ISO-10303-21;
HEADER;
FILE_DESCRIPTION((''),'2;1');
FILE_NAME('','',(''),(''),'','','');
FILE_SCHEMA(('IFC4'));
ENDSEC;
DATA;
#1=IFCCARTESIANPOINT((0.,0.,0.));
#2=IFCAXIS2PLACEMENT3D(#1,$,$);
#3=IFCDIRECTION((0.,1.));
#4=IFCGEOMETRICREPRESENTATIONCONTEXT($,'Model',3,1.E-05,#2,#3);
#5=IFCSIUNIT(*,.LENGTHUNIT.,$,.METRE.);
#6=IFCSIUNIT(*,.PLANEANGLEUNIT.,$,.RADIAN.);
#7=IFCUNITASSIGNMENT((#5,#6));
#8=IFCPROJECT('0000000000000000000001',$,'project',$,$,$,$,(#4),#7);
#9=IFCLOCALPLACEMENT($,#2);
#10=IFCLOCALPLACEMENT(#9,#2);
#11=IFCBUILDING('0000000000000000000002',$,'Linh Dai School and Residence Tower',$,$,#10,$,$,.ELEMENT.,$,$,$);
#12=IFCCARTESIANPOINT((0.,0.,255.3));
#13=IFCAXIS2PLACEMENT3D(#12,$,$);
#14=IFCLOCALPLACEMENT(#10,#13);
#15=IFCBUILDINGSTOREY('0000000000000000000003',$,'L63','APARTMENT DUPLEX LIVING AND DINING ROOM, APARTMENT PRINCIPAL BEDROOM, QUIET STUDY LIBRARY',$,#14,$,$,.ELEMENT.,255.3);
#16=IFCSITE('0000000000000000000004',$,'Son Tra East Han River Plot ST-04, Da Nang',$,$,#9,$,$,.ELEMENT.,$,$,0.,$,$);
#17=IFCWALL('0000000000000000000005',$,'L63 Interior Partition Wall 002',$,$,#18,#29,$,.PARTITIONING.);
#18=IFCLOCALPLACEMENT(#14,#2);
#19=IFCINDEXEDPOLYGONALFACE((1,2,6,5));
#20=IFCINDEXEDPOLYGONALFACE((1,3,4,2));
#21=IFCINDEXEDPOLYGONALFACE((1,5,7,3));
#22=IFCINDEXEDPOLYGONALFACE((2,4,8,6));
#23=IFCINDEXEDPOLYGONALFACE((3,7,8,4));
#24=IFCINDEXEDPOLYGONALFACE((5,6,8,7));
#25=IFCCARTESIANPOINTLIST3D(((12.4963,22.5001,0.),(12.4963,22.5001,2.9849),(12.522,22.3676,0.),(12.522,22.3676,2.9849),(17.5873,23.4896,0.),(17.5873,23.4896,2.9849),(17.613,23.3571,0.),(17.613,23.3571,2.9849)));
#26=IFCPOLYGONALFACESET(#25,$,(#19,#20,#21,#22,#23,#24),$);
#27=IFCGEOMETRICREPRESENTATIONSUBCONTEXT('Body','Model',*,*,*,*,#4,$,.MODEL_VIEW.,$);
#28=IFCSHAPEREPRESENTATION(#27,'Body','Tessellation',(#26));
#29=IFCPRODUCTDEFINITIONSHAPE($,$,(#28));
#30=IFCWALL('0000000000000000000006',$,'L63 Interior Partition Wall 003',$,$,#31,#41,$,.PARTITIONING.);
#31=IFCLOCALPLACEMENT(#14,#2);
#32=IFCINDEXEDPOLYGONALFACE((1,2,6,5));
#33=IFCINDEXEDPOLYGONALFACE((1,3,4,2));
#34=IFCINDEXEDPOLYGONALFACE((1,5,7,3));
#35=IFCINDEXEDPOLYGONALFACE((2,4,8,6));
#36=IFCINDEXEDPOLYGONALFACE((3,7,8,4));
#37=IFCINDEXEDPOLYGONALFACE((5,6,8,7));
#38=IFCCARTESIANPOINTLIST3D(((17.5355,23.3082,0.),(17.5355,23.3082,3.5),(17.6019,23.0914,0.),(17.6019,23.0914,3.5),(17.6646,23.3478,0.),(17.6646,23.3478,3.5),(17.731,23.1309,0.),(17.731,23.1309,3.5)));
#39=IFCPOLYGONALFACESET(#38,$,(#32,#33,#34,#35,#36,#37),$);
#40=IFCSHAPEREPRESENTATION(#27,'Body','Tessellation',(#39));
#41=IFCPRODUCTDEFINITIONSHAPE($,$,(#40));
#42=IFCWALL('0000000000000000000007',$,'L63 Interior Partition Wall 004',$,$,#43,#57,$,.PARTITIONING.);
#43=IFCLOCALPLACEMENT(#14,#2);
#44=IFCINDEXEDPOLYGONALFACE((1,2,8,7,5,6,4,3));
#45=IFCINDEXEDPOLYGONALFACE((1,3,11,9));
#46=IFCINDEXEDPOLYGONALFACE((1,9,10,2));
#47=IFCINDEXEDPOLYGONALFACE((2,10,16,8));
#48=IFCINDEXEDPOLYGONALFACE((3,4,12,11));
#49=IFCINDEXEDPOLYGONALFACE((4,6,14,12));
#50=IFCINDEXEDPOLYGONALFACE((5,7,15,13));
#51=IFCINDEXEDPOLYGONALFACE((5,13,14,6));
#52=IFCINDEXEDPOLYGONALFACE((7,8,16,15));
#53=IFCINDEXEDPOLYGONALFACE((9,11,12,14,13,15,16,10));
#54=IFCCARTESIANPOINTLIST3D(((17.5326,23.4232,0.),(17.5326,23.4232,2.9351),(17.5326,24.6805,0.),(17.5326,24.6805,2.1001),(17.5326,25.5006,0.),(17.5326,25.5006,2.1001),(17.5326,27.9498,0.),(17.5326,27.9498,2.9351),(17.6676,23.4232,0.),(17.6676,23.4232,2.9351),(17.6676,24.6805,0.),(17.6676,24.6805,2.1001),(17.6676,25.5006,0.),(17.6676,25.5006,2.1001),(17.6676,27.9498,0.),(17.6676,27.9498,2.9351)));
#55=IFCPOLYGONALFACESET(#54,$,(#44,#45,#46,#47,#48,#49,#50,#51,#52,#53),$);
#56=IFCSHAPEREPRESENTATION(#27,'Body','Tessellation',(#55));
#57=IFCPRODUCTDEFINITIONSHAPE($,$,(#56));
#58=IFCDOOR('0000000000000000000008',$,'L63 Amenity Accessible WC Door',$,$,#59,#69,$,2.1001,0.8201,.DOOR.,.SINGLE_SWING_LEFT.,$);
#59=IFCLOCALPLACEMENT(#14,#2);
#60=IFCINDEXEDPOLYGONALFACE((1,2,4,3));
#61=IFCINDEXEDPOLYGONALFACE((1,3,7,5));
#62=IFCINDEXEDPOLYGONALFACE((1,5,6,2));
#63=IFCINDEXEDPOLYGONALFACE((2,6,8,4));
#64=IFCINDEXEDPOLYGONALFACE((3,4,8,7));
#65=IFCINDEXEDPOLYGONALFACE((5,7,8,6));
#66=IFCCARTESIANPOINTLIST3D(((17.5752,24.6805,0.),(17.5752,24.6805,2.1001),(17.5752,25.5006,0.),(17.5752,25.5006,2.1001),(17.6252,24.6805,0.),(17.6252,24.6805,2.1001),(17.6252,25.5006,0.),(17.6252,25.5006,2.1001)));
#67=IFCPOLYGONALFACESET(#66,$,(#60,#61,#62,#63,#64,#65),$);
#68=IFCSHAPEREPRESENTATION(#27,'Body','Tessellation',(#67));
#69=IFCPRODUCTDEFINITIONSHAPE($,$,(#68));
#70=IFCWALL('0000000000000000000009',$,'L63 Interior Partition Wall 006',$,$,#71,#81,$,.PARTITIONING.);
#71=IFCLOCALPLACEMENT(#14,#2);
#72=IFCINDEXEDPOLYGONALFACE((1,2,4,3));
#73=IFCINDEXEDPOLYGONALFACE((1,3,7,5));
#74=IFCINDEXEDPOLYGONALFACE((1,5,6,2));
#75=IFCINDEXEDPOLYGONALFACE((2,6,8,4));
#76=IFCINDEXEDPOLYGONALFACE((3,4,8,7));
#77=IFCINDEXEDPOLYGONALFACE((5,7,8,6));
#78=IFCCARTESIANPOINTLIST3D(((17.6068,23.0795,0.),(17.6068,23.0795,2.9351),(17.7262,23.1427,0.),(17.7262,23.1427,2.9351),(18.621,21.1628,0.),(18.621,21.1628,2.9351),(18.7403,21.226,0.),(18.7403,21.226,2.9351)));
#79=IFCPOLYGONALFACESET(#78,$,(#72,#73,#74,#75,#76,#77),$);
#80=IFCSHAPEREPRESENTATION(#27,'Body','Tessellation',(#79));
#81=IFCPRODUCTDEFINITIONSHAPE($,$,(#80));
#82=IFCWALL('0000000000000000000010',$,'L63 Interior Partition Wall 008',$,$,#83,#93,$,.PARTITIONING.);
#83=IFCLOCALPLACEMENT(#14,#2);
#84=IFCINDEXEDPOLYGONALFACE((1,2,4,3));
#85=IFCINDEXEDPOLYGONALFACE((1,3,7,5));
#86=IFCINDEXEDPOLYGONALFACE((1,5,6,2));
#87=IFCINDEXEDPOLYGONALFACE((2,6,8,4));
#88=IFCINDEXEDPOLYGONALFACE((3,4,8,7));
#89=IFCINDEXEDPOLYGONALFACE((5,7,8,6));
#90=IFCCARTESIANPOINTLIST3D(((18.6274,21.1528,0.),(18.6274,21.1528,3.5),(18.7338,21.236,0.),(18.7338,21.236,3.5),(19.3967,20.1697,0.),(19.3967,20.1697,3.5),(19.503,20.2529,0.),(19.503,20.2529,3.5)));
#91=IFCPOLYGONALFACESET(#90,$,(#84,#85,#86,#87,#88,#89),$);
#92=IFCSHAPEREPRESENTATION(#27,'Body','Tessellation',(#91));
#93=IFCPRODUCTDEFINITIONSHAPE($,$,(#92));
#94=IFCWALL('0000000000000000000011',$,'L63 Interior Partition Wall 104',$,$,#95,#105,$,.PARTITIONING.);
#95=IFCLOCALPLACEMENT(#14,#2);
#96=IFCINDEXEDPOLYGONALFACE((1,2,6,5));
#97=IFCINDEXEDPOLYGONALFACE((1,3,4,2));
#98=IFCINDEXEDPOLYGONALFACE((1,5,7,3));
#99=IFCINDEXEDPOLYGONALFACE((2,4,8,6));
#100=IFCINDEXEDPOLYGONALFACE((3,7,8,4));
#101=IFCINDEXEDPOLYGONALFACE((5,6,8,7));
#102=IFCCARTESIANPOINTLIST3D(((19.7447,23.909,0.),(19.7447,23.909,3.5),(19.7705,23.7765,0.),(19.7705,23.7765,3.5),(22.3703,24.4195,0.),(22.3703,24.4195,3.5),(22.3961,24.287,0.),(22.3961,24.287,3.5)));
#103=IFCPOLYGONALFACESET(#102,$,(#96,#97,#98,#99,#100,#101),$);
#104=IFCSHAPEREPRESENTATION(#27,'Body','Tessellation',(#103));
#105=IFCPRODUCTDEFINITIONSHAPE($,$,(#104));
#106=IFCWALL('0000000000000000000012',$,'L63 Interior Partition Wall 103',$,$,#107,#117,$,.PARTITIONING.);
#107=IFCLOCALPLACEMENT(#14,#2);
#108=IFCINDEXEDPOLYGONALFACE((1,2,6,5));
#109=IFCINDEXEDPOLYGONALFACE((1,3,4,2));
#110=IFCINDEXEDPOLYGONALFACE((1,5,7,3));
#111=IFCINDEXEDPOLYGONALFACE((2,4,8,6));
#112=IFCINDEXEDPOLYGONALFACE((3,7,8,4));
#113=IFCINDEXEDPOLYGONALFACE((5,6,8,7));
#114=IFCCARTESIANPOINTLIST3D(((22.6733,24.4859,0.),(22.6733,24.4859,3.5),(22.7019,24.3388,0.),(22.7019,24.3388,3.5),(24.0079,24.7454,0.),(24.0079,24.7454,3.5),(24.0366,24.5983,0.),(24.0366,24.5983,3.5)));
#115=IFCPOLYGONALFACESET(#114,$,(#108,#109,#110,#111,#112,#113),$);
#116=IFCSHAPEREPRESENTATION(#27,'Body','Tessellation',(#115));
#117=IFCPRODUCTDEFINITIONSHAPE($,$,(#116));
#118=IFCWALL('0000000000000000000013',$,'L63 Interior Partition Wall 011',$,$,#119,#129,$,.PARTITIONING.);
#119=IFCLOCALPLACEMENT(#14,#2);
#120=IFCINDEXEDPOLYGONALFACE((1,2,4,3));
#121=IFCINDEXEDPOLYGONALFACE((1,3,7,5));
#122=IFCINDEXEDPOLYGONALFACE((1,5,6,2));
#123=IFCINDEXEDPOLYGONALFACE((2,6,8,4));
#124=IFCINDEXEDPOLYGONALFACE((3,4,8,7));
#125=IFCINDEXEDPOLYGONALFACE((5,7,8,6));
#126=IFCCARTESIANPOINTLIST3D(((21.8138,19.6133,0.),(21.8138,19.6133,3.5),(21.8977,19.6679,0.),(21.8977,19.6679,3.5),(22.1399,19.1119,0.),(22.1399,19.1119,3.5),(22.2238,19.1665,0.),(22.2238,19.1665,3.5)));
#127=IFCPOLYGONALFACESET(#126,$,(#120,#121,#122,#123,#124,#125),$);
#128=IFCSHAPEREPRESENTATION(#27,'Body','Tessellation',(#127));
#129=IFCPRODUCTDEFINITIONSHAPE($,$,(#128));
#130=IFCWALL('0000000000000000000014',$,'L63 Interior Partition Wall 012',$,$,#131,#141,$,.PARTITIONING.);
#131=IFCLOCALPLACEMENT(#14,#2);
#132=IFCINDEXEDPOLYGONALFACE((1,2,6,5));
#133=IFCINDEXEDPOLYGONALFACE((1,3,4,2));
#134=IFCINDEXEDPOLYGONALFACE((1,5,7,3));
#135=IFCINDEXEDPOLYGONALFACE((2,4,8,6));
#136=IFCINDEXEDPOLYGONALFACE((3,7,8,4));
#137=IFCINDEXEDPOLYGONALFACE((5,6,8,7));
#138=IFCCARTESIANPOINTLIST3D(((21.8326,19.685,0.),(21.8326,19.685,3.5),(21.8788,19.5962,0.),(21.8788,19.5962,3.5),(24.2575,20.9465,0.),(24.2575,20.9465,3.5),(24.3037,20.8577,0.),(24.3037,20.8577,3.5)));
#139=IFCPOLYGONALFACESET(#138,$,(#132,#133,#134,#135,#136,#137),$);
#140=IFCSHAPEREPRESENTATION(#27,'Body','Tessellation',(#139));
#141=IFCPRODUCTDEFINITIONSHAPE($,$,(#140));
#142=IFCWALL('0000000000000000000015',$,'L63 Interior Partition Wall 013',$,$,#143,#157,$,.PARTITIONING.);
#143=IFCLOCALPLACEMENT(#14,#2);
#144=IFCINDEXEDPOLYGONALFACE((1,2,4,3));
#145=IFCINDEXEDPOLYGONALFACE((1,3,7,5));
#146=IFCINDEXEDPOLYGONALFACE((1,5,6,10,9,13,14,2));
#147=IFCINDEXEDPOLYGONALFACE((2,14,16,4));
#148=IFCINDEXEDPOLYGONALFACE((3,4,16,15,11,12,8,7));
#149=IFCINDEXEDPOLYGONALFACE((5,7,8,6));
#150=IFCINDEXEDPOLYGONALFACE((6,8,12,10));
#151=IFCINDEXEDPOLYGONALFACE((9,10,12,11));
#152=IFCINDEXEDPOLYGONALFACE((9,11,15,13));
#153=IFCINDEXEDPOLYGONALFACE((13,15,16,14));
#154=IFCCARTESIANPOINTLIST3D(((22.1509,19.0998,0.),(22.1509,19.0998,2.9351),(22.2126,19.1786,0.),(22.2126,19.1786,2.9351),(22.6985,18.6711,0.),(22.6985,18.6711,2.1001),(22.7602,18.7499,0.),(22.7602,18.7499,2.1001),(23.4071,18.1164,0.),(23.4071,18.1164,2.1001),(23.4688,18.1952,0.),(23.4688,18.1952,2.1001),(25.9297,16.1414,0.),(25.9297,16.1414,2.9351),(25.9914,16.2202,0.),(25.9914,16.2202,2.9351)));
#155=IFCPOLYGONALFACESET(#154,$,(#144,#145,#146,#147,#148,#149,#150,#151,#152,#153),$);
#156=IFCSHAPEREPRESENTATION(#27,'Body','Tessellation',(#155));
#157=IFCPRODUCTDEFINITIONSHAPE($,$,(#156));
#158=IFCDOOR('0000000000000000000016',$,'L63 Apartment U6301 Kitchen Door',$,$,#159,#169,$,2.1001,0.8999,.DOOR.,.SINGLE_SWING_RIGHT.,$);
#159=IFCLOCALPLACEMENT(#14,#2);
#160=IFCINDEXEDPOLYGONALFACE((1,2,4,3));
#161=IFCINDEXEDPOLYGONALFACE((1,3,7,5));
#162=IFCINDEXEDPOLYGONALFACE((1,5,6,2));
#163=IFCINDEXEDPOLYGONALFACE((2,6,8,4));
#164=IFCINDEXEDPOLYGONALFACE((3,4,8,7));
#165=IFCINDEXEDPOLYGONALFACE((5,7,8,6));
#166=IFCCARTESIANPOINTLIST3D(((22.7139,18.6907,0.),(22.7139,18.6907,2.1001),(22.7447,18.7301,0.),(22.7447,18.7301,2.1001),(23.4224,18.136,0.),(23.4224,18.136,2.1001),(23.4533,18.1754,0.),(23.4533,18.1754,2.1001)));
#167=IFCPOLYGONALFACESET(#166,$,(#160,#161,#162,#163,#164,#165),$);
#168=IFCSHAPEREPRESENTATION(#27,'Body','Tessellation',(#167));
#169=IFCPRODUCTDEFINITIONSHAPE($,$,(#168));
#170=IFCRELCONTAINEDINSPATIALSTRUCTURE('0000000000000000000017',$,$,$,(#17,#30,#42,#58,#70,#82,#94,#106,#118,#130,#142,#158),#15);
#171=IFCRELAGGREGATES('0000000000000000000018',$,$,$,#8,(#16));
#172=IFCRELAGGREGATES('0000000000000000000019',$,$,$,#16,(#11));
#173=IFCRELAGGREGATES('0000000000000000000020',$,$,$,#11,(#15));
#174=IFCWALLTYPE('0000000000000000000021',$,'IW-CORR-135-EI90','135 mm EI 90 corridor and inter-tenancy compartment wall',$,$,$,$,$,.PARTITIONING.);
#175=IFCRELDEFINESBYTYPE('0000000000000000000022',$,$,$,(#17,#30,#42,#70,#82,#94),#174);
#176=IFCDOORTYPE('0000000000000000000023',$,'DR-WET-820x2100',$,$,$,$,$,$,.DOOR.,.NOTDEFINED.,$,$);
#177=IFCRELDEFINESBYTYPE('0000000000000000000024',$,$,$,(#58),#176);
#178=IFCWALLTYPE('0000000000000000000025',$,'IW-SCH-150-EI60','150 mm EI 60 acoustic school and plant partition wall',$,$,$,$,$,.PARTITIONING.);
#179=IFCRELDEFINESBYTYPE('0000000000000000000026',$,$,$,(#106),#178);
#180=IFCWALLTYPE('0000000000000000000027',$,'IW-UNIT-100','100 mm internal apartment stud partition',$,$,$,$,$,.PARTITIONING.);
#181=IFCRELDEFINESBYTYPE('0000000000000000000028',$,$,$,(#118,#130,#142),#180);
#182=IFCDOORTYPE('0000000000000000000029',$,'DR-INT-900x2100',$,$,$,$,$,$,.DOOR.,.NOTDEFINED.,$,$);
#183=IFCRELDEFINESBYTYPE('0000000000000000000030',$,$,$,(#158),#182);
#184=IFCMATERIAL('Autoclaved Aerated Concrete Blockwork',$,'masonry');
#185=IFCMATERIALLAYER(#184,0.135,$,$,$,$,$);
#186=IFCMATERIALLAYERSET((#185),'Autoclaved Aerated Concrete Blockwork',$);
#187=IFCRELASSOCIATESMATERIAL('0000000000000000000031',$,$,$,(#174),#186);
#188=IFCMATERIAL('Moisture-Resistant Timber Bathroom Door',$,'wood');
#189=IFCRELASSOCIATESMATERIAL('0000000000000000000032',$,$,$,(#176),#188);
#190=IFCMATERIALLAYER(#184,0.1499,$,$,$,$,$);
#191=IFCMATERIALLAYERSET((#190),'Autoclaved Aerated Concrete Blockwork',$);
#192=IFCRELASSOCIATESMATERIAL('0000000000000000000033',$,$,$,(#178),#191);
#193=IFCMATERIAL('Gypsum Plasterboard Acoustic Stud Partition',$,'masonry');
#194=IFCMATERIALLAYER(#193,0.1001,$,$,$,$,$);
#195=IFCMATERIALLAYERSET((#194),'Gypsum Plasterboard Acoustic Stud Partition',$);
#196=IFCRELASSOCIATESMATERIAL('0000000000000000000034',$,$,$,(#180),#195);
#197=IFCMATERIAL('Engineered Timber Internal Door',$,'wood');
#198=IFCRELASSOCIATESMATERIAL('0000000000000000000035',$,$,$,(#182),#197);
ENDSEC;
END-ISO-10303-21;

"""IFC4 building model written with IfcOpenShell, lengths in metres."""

from ifc_helpers import new_model, si_unit, direction, frame, frame_2d, origin, origin_2d, place, context, subcontext, project, spatial, rectangle, extrude, source, transform, mapped, material, layer, layer_set, type_object, element, fill, save


model = new_model("IFC4")

# Units and contexts
model_context = context("Model", 3, precision=1e-05, world=origin(), true_north=direction((0.0, 1.0)))
body_context = subcontext(model_context, "Body", "Model", "MODEL_VIEW")
ifc_project = project(units=[si_unit("LENGTHUNIT", "METRE"), si_unit("PLANEANGLEUNIT", "RADIAN")], contexts=[model_context])

# Site, building, storey
site_placement = place(None, origin())
site = spatial("IfcSite", under=ifc_project, at=site_placement, Name="Son Tra East Han River Plot ST-04, Da Nang", CompositionType="ELEMENT", RefElevation=0.0)
building_placement = place(site_placement, origin())
building = spatial("IfcBuilding", under=site, at=building_placement, Name="Linh Dai School and Residence Tower", CompositionType="ELEMENT")
storey_placement = place(building_placement, frame((0.0, 0.0, 255.3)))
storey = spatial("IfcBuildingStorey", under=building, at=storey_placement, Name="L63", Description="APARTMENT DUPLEX LIVING AND DINING ROOM, APARTMENT PRINCIPAL BEDROOM, QUIET STUDY LIBRARY", CompositionType="ELEMENT", Elevation=255.3)

# Walls
ifc_material_1 = material(Name="Autoclaved Aerated Concrete Blockwork", Category="masonry")
ifc_layer_1 = layer(ifc_material_1, 0.135)
ifc_layer_set_1 = layer_set([ifc_layer_1], Name="Autoclaved Aerated Concrete Blockwork")
wall_type_1 = type_object("IfcWallType", Name="IW-CORR-135-EI90", Description="135 mm EI 90 corridor and inter-tenancy compartment wall", PredefinedType="PARTITIONING", material=ifc_layer_set_1)
wall_1_placement = place(storey_placement, frame((12.509, 22.4338, 0.0), z_axis=(0.0, 0.0, 1.0), x_axis=(0.981631, 0.19079, 0.0)))
element("IfcWall", 1, at=wall_1_placement, inside=storey, type_object=wall_type_1, Name="L63 Interior Partition Wall 002", PredefinedType="PARTITIONING", context=body_context, shape_type="SweptSolid", body=[
    extrude(rectangle(XDim=5.1863, YDim=0.135, at=frame_2d((2.5933, 0.0))), origin(), (0.0, 0.0, 1.0), 2.9849),
])
wall_2_placement = place(storey_placement, frame((17.6001, 23.3279, 0.0), z_axis=(0.0, 0.0, 1.0), x_axis=(0.292875, -0.956151, 0.0)))
element("IfcWall", 2, at=wall_2_placement, inside=storey, type_object=wall_type_1, Name="L63 Interior Partition Wall 003", PredefinedType="PARTITIONING", context=body_context, shape_type="SweptSolid", body=[
    extrude(rectangle(XDim=0.2268, YDim=0.135, at=frame_2d((0.1133, 0.0))), origin(), (0.0, 0.0, 1.0), 3.5),
])

# Wall, opening, door
wall_3_placement = place(storey_placement, frame((17.6001, 23.4233, 0.0), z_axis=(0.0, 0.0, 1.0), x_axis=(0.0, 1.0, 0.0)))
wall_3 = element("IfcWall", 3, at=wall_3_placement, inside=storey, type_object=wall_type_1, Name="L63 Interior Partition Wall 004", PredefinedType="PARTITIONING", context=body_context, shape_type="SweptSolid", body=[
    extrude(rectangle(XDim=4.5266, YDim=0.135, at=frame_2d((2.2632, 0.0))), origin(), (0.0, 0.0, 1.0), 2.9351),
])
opening_1_placement = place(wall_3_placement, frame((1.2571, 0.0, 0.0)))
opening_1 = element("IfcOpeningElement", 4, at=opening_1_placement, cuts=wall_3, PredefinedType="OPENING", context=body_context, shape_type="SweptSolid", body=[
    extrude(rectangle(XDim=0.8201, YDim=2.1001, at=origin_2d()), frame((0.4102, 0.0776, 1.05), z_axis=(0.0, -1.0, 0.0), x_axis=(1.0, 0.0, 0.0)), (0.0, 0.0, 1.0), 0.155),
])
ifc_material_2 = material(Name="Moisture-Resistant Timber Bathroom Door", Category="wood")
door_type_1 = type_object("IfcDoorType", Name="DR-WET-820x2100", OperationType="NOTDEFINED", PredefinedType="DOOR", material=ifc_material_2)
shared_shape_1 = source(origin(), body_context, "Body", "SweptSolid", [
    extrude(rectangle(XDim=0.8201, YDim=2.1001, at=origin_2d()), frame((0.4102, 0.0249, 1.05), z_axis=(0.0, -1.0, 0.0), x_axis=(1.0, 0.0, 0.0)), (0.0, 0.0, 1.0), 0.05),
])
door_1_placement = place(opening_1_placement, origin())
door_1 = element("IfcDoor", 5, at=door_1_placement, inside=storey, type_object=door_type_1, Name="L63 Amenity Accessible WC Door", OperationType="SINGLE_SWING_LEFT", OverallHeight=2.1001, OverallWidth=0.8201, PredefinedType="DOOR", context=body_context, shape_type="MappedRepresentation", body=[
    mapped(shared_shape_1, transform((0.0, 0.0, 0.0), x_axis=(1.0, 0.0, 0.0), y_axis=(0.0, 1.0, 0.0), z_axis=(0.0, 0.0, 1.0), scale=1.0)),
])
fill(opening_1, door_1)

# Walls
wall_4_placement = place(storey_placement, frame((17.6665, 23.1111, 0.0), z_axis=(0.0, 0.0, 1.0), x_axis=(0.467676, -0.8839, 0.0)))
element("IfcWall", 6, at=wall_4_placement, inside=storey, type_object=wall_type_1, Name="L63 Interior Partition Wall 006", PredefinedType="PARTITIONING", context=body_context, shape_type="SweptSolid", body=[
    extrude(rectangle(XDim=2.1685, YDim=0.135, at=frame_2d((1.0842, 0.0))), origin(), (0.0, 0.0, 1.0), 2.9351),
])
wall_5_placement = place(storey_placement, frame((18.6807, 21.1943, 0.0), z_axis=(0.0, 0.0, 1.0), x_axis=(0.61624, -0.787559, 0.0)))
element("IfcWall", 7, at=wall_5_placement, inside=storey, type_object=wall_type_1, Name="L63 Interior Partition Wall 008", PredefinedType="PARTITIONING", context=body_context, shape_type="SweptSolid", body=[
    extrude(rectangle(XDim=1.2483, YDim=0.135, at=frame_2d((0.624, 0.0))), origin(), (0.0, 0.0, 1.0), 3.5),
])

# Walls
wall_6_placement = place(storey_placement, frame((19.7576, 23.8428, 0.0), z_axis=(0.0, 0.0, 1.0), x_axis=(0.98162, 0.190848, 0.0)))
element("IfcWall", 8, at=wall_6_placement, inside=storey, type_object=wall_type_1, Name="L63 Interior Partition Wall 104", PredefinedType="PARTITIONING", context=body_context, shape_type="SweptSolid", body=[
    extrude(rectangle(XDim=2.6748, YDim=0.135, at=frame_2d((1.3374, 0.0))), origin(), (0.0, 0.0, 1.0), 3.5),
])
ifc_layer_2 = layer(ifc_material_1, 0.1499)
ifc_layer_set_2 = layer_set([ifc_layer_2], Name="Autoclaved Aerated Concrete Blockwork")
wall_type_2 = type_object("IfcWallType", Name="IW-SCH-150-EI60", Description="150 mm EI 60 acoustic school and plant partition wall", PredefinedType="PARTITIONING", material=ifc_layer_set_2)
wall_7_placement = place(storey_placement, frame((22.6877, 24.4124, 0.0), z_axis=(0.0, 0.0, 1.0), x_axis=(0.981616, 0.190865, 0.0)))
element("IfcWall", 9, at=wall_7_placement, inside=storey, type_object=wall_type_2, Name="L63 Interior Partition Wall 103", PredefinedType="PARTITIONING", context=body_context, shape_type="SweptSolid", body=[
    extrude(rectangle(XDim=1.3596, YDim=0.1499, at=frame_2d((0.6797, 0.0))), origin(), (0.0, 0.0, 1.0), 3.5),
])
ifc_material_3 = material(Name="Gypsum Plasterboard Acoustic Stud Partition", Category="masonry")
ifc_layer_3 = layer(ifc_material_3, 0.1001)
ifc_layer_set_3 = layer_set([ifc_layer_3], Name="Gypsum Plasterboard Acoustic Stud Partition")
wall_type_3 = type_object("IfcWallType", Name="IW-UNIT-100", Description="100 mm internal apartment stud partition", PredefinedType="PARTITIONING", material=ifc_layer_set_3)
wall_8_placement = place(storey_placement, frame((21.8557, 19.6406, 0.0), z_axis=(0.0, 0.0, 1.0), x_axis=(0.545247, -0.838276, 0.0)))
element("IfcWall", 10, at=wall_8_placement, inside=storey, type_object=wall_type_3, Name="L63 Interior Partition Wall 011", PredefinedType="PARTITIONING", context=body_context, shape_type="SweptSolid", body=[
    extrude(rectangle(XDim=0.5981, YDim=0.1001, at=frame_2d((0.2991, 0.0))), origin(), (0.0, 0.0, 1.0), 3.5),
])
wall_9_placement = place(storey_placement, frame((21.8557, 19.6406, 0.0), z_axis=(0.0, 0.0, 1.0), x_axis=(0.887131, 0.461519, 0.0)))
element("IfcWall", 11, at=wall_9_placement, inside=storey, type_object=wall_type_3, Name="L63 Interior Partition Wall 012", PredefinedType="PARTITIONING", context=body_context, shape_type="SweptSolid", body=[
    extrude(rectangle(XDim=2.7334, YDim=0.1001, at=frame_2d((1.3667, 0.0))), origin(), (0.0, 0.0, 1.0), 3.5),
])

# Wall, opening, door
wall_10_placement = place(storey_placement, frame((22.1819, 19.1392, 0.0), z_axis=(0.0, 0.0, 1.0), x_axis=(0.787387, -0.616459, 0.0)))
wall_10 = element("IfcWall", 12, at=wall_10_placement, inside=storey, type_object=wall_type_3, Name="L63 Interior Partition Wall 013", PredefinedType="PARTITIONING", context=body_context, shape_type="SweptSolid", body=[
    extrude(rectangle(XDim=4.7991, YDim=0.1001, at=frame_2d((2.3994, 0.0))), origin(), (0.0, 0.0, 1.0), 2.9351),
])
opening_2_placement = place(wall_10_placement, frame((0.6953, 0.0, 0.0)))
opening_2 = element("IfcOpeningElement", 13, at=opening_2_placement, cuts=wall_10, PredefinedType="OPENING", context=body_context, shape_type="SweptSolid", body=[
    extrude(rectangle(XDim=0.8999, YDim=2.1001, at=origin_2d()), frame((0.45, 0.0601, 1.05), z_axis=(0.0, -1.0, 0.0), x_axis=(1.0, 0.0, 0.0)), (0.0, 0.0, 1.0), 0.1201),
])
ifc_material_4 = material(Name="Engineered Timber Internal Door", Category="wood")
door_type_2 = type_object("IfcDoorType", Name="DR-INT-900x2100", OperationType="NOTDEFINED", PredefinedType="DOOR", material=ifc_material_4)
shared_shape_2 = source(origin(), body_context, "Body", "SweptSolid", [
    extrude(rectangle(XDim=0.8999, YDim=2.1001, at=origin_2d()), frame((0.45, 0.0249, 1.05), z_axis=(0.0, -1.0, 0.0), x_axis=(1.0, 0.0, 0.0)), (0.0, 0.0, 1.0), 0.05),
])
door_2_placement = place(opening_2_placement, origin())
door_2 = element("IfcDoor", 14, at=door_2_placement, inside=storey, type_object=door_type_2, Name="L63 Apartment U6301 Kitchen Door", OperationType="SINGLE_SWING_RIGHT", OverallHeight=2.1001, OverallWidth=0.8999, PredefinedType="DOOR", context=body_context, shape_type="MappedRepresentation", body=[
    mapped(shared_shape_2, transform((0.0, 0.0, 0.0), x_axis=(1.0, 0.0, 0.0), y_axis=(0.0, 1.0, 0.0), z_axis=(0.0, 0.0, 1.0), scale=1.0)),
])
fill(opening_2, door_2)

save(model, "model.ifc")
